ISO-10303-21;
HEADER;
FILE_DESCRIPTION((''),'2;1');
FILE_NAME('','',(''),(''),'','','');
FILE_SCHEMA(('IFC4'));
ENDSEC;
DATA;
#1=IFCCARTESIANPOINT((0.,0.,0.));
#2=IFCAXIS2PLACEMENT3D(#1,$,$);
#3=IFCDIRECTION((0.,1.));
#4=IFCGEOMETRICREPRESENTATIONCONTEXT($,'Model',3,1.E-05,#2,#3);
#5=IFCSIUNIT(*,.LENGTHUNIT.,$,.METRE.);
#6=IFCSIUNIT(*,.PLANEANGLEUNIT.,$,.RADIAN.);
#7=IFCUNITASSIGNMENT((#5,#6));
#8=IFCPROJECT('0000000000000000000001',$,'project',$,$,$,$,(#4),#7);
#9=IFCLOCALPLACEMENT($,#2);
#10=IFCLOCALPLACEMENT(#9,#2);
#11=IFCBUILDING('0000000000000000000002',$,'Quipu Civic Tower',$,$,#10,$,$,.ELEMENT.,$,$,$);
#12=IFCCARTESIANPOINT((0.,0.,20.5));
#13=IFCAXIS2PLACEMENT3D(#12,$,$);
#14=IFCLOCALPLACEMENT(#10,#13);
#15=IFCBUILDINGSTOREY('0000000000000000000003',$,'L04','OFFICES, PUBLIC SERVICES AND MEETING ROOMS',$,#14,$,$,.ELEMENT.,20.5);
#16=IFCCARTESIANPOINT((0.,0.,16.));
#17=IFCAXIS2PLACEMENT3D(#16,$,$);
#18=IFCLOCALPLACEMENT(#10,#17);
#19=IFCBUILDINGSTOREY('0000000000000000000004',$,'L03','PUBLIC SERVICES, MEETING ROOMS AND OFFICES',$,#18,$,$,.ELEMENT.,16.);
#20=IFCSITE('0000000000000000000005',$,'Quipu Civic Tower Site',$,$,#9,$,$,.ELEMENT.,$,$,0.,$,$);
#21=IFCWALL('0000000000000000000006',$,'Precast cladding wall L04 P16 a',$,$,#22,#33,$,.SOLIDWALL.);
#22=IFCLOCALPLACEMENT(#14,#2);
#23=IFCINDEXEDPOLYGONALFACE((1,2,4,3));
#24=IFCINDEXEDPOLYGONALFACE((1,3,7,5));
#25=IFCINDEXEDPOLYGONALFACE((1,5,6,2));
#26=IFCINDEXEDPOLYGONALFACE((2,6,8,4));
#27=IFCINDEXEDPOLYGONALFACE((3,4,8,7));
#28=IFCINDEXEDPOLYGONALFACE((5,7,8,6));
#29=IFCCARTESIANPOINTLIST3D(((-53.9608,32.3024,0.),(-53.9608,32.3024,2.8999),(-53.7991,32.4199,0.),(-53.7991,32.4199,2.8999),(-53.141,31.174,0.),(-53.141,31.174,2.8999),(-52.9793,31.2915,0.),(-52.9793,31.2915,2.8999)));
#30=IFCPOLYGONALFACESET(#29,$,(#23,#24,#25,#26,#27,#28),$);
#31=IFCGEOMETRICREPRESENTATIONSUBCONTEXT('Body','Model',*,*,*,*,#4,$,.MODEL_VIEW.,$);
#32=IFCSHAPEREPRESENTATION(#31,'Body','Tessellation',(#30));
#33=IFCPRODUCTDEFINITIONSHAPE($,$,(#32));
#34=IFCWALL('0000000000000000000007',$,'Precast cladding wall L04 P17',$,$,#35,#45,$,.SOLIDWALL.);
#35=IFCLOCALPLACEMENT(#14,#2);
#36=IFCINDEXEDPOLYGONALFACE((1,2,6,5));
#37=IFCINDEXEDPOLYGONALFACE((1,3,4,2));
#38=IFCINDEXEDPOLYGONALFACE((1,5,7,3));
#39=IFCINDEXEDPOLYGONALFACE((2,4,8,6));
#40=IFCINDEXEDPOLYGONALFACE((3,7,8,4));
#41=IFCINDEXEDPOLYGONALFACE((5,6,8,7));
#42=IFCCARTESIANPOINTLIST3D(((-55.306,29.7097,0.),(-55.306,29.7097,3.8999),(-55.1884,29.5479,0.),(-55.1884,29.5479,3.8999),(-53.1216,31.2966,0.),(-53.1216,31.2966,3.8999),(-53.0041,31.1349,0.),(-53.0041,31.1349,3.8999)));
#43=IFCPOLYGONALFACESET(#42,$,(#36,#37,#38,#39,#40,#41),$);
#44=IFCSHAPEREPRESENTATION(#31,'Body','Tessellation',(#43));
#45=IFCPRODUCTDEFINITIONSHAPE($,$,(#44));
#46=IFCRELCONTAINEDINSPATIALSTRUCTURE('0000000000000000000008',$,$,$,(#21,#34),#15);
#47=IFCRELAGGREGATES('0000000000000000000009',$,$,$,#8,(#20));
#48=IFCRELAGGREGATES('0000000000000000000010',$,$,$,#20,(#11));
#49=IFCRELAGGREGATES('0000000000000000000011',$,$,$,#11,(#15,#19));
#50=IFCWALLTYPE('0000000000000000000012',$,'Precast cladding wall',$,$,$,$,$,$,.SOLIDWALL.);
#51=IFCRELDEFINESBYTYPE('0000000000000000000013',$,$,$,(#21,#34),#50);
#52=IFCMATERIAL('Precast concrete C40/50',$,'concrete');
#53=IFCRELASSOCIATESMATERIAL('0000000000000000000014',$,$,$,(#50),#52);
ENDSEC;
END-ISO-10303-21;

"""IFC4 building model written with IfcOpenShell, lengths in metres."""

from ifc_helpers import new_model, si_unit, direction, frame, frame_2d, origin, place, context, subcontext, project, spatial, rectangle, extrude, material, type_object, element, save


model = new_model("IFC4")

# Units and contexts
model_context = context("Model", 3, precision=1e-05, world=origin(), true_north=direction((0.0, 1.0)))
body_context = subcontext(model_context, "Body", "Model", "MODEL_VIEW")
ifc_project = project(units=[si_unit("LENGTHUNIT", "METRE"), si_unit("PLANEANGLEUNIT", "RADIAN")], contexts=[model_context])

# Site, building, storey
site_placement = place(None, origin())
site = spatial("IfcSite", under=ifc_project, at=site_placement, Name="Quipu Civic Tower Site", CompositionType="ELEMENT", RefElevation=0.0)
building_placement = place(site_placement, origin())
building = spatial("IfcBuilding", under=site, at=building_placement, Name="Quipu Civic Tower", CompositionType="ELEMENT")
storey_1_placement = place(building_placement, frame((0.0, 0.0, 20.5)))
storey_1 = spatial("IfcBuildingStorey", under=building, at=storey_1_placement, Name="L04", Description="OFFICES, PUBLIC SERVICES AND MEETING ROOMS", CompositionType="ELEMENT", Elevation=20.5)

# Shared definitions
storey_2_placement = place(building_placement, frame((0.0, 0.0, 16.0)))
storey_2 = spatial("IfcBuildingStorey", under=building, at=storey_2_placement, Name="L03", Description="PUBLIC SERVICES, MEETING ROOMS AND OFFICES", CompositionType="ELEMENT", Elevation=16.0)

# Walls
ifc_material_1 = material(Name="Precast concrete C40/50", Category="concrete")
wall_type_1 = type_object("IfcWallType", Name="Precast cladding wall", PredefinedType="SOLIDWALL", material=ifc_material_1)
wall_1_placement = place(storey_1_placement, frame((-53.8799, 32.3611, 0.0), z_axis=(0.0, 0.0, 1.0), x_axis=(0.587776, -0.809024, 0.0)))
element("IfcWall", 1, at=wall_1_placement, inside=storey_1, type_object=wall_type_1, Name="Precast cladding wall L04 P16 a", PredefinedType="SOLIDWALL", context=body_context, shape_type="SweptSolid", body=[
    extrude(rectangle(XDim=1.3948, YDim=0.2, at=frame_2d((0.6973, 0.0))), origin(), (0.0, 0.0, 1.0), 2.8999),
])
wall_2_placement = place(storey_1_placement, frame((-53.0627, 31.2158, 0.0), z_axis=(0.0, 0.0, 1.0), x_axis=(-0.809033, -0.587763, 0.0)))
element("IfcWall", 2, at=wall_2_placement, inside=storey_1, type_object=wall_type_1, Name="Precast cladding wall L04 P17", PredefinedType="SOLIDWALL", context=body_context, shape_type="SweptSolid", body=[
    extrude(rectangle(XDim=2.7, YDim=0.2, at=frame_2d((1.3501, 0.0))), origin(), (0.0, 0.0, 1.0), 3.8999),
])

save(model, "model.ifc")
